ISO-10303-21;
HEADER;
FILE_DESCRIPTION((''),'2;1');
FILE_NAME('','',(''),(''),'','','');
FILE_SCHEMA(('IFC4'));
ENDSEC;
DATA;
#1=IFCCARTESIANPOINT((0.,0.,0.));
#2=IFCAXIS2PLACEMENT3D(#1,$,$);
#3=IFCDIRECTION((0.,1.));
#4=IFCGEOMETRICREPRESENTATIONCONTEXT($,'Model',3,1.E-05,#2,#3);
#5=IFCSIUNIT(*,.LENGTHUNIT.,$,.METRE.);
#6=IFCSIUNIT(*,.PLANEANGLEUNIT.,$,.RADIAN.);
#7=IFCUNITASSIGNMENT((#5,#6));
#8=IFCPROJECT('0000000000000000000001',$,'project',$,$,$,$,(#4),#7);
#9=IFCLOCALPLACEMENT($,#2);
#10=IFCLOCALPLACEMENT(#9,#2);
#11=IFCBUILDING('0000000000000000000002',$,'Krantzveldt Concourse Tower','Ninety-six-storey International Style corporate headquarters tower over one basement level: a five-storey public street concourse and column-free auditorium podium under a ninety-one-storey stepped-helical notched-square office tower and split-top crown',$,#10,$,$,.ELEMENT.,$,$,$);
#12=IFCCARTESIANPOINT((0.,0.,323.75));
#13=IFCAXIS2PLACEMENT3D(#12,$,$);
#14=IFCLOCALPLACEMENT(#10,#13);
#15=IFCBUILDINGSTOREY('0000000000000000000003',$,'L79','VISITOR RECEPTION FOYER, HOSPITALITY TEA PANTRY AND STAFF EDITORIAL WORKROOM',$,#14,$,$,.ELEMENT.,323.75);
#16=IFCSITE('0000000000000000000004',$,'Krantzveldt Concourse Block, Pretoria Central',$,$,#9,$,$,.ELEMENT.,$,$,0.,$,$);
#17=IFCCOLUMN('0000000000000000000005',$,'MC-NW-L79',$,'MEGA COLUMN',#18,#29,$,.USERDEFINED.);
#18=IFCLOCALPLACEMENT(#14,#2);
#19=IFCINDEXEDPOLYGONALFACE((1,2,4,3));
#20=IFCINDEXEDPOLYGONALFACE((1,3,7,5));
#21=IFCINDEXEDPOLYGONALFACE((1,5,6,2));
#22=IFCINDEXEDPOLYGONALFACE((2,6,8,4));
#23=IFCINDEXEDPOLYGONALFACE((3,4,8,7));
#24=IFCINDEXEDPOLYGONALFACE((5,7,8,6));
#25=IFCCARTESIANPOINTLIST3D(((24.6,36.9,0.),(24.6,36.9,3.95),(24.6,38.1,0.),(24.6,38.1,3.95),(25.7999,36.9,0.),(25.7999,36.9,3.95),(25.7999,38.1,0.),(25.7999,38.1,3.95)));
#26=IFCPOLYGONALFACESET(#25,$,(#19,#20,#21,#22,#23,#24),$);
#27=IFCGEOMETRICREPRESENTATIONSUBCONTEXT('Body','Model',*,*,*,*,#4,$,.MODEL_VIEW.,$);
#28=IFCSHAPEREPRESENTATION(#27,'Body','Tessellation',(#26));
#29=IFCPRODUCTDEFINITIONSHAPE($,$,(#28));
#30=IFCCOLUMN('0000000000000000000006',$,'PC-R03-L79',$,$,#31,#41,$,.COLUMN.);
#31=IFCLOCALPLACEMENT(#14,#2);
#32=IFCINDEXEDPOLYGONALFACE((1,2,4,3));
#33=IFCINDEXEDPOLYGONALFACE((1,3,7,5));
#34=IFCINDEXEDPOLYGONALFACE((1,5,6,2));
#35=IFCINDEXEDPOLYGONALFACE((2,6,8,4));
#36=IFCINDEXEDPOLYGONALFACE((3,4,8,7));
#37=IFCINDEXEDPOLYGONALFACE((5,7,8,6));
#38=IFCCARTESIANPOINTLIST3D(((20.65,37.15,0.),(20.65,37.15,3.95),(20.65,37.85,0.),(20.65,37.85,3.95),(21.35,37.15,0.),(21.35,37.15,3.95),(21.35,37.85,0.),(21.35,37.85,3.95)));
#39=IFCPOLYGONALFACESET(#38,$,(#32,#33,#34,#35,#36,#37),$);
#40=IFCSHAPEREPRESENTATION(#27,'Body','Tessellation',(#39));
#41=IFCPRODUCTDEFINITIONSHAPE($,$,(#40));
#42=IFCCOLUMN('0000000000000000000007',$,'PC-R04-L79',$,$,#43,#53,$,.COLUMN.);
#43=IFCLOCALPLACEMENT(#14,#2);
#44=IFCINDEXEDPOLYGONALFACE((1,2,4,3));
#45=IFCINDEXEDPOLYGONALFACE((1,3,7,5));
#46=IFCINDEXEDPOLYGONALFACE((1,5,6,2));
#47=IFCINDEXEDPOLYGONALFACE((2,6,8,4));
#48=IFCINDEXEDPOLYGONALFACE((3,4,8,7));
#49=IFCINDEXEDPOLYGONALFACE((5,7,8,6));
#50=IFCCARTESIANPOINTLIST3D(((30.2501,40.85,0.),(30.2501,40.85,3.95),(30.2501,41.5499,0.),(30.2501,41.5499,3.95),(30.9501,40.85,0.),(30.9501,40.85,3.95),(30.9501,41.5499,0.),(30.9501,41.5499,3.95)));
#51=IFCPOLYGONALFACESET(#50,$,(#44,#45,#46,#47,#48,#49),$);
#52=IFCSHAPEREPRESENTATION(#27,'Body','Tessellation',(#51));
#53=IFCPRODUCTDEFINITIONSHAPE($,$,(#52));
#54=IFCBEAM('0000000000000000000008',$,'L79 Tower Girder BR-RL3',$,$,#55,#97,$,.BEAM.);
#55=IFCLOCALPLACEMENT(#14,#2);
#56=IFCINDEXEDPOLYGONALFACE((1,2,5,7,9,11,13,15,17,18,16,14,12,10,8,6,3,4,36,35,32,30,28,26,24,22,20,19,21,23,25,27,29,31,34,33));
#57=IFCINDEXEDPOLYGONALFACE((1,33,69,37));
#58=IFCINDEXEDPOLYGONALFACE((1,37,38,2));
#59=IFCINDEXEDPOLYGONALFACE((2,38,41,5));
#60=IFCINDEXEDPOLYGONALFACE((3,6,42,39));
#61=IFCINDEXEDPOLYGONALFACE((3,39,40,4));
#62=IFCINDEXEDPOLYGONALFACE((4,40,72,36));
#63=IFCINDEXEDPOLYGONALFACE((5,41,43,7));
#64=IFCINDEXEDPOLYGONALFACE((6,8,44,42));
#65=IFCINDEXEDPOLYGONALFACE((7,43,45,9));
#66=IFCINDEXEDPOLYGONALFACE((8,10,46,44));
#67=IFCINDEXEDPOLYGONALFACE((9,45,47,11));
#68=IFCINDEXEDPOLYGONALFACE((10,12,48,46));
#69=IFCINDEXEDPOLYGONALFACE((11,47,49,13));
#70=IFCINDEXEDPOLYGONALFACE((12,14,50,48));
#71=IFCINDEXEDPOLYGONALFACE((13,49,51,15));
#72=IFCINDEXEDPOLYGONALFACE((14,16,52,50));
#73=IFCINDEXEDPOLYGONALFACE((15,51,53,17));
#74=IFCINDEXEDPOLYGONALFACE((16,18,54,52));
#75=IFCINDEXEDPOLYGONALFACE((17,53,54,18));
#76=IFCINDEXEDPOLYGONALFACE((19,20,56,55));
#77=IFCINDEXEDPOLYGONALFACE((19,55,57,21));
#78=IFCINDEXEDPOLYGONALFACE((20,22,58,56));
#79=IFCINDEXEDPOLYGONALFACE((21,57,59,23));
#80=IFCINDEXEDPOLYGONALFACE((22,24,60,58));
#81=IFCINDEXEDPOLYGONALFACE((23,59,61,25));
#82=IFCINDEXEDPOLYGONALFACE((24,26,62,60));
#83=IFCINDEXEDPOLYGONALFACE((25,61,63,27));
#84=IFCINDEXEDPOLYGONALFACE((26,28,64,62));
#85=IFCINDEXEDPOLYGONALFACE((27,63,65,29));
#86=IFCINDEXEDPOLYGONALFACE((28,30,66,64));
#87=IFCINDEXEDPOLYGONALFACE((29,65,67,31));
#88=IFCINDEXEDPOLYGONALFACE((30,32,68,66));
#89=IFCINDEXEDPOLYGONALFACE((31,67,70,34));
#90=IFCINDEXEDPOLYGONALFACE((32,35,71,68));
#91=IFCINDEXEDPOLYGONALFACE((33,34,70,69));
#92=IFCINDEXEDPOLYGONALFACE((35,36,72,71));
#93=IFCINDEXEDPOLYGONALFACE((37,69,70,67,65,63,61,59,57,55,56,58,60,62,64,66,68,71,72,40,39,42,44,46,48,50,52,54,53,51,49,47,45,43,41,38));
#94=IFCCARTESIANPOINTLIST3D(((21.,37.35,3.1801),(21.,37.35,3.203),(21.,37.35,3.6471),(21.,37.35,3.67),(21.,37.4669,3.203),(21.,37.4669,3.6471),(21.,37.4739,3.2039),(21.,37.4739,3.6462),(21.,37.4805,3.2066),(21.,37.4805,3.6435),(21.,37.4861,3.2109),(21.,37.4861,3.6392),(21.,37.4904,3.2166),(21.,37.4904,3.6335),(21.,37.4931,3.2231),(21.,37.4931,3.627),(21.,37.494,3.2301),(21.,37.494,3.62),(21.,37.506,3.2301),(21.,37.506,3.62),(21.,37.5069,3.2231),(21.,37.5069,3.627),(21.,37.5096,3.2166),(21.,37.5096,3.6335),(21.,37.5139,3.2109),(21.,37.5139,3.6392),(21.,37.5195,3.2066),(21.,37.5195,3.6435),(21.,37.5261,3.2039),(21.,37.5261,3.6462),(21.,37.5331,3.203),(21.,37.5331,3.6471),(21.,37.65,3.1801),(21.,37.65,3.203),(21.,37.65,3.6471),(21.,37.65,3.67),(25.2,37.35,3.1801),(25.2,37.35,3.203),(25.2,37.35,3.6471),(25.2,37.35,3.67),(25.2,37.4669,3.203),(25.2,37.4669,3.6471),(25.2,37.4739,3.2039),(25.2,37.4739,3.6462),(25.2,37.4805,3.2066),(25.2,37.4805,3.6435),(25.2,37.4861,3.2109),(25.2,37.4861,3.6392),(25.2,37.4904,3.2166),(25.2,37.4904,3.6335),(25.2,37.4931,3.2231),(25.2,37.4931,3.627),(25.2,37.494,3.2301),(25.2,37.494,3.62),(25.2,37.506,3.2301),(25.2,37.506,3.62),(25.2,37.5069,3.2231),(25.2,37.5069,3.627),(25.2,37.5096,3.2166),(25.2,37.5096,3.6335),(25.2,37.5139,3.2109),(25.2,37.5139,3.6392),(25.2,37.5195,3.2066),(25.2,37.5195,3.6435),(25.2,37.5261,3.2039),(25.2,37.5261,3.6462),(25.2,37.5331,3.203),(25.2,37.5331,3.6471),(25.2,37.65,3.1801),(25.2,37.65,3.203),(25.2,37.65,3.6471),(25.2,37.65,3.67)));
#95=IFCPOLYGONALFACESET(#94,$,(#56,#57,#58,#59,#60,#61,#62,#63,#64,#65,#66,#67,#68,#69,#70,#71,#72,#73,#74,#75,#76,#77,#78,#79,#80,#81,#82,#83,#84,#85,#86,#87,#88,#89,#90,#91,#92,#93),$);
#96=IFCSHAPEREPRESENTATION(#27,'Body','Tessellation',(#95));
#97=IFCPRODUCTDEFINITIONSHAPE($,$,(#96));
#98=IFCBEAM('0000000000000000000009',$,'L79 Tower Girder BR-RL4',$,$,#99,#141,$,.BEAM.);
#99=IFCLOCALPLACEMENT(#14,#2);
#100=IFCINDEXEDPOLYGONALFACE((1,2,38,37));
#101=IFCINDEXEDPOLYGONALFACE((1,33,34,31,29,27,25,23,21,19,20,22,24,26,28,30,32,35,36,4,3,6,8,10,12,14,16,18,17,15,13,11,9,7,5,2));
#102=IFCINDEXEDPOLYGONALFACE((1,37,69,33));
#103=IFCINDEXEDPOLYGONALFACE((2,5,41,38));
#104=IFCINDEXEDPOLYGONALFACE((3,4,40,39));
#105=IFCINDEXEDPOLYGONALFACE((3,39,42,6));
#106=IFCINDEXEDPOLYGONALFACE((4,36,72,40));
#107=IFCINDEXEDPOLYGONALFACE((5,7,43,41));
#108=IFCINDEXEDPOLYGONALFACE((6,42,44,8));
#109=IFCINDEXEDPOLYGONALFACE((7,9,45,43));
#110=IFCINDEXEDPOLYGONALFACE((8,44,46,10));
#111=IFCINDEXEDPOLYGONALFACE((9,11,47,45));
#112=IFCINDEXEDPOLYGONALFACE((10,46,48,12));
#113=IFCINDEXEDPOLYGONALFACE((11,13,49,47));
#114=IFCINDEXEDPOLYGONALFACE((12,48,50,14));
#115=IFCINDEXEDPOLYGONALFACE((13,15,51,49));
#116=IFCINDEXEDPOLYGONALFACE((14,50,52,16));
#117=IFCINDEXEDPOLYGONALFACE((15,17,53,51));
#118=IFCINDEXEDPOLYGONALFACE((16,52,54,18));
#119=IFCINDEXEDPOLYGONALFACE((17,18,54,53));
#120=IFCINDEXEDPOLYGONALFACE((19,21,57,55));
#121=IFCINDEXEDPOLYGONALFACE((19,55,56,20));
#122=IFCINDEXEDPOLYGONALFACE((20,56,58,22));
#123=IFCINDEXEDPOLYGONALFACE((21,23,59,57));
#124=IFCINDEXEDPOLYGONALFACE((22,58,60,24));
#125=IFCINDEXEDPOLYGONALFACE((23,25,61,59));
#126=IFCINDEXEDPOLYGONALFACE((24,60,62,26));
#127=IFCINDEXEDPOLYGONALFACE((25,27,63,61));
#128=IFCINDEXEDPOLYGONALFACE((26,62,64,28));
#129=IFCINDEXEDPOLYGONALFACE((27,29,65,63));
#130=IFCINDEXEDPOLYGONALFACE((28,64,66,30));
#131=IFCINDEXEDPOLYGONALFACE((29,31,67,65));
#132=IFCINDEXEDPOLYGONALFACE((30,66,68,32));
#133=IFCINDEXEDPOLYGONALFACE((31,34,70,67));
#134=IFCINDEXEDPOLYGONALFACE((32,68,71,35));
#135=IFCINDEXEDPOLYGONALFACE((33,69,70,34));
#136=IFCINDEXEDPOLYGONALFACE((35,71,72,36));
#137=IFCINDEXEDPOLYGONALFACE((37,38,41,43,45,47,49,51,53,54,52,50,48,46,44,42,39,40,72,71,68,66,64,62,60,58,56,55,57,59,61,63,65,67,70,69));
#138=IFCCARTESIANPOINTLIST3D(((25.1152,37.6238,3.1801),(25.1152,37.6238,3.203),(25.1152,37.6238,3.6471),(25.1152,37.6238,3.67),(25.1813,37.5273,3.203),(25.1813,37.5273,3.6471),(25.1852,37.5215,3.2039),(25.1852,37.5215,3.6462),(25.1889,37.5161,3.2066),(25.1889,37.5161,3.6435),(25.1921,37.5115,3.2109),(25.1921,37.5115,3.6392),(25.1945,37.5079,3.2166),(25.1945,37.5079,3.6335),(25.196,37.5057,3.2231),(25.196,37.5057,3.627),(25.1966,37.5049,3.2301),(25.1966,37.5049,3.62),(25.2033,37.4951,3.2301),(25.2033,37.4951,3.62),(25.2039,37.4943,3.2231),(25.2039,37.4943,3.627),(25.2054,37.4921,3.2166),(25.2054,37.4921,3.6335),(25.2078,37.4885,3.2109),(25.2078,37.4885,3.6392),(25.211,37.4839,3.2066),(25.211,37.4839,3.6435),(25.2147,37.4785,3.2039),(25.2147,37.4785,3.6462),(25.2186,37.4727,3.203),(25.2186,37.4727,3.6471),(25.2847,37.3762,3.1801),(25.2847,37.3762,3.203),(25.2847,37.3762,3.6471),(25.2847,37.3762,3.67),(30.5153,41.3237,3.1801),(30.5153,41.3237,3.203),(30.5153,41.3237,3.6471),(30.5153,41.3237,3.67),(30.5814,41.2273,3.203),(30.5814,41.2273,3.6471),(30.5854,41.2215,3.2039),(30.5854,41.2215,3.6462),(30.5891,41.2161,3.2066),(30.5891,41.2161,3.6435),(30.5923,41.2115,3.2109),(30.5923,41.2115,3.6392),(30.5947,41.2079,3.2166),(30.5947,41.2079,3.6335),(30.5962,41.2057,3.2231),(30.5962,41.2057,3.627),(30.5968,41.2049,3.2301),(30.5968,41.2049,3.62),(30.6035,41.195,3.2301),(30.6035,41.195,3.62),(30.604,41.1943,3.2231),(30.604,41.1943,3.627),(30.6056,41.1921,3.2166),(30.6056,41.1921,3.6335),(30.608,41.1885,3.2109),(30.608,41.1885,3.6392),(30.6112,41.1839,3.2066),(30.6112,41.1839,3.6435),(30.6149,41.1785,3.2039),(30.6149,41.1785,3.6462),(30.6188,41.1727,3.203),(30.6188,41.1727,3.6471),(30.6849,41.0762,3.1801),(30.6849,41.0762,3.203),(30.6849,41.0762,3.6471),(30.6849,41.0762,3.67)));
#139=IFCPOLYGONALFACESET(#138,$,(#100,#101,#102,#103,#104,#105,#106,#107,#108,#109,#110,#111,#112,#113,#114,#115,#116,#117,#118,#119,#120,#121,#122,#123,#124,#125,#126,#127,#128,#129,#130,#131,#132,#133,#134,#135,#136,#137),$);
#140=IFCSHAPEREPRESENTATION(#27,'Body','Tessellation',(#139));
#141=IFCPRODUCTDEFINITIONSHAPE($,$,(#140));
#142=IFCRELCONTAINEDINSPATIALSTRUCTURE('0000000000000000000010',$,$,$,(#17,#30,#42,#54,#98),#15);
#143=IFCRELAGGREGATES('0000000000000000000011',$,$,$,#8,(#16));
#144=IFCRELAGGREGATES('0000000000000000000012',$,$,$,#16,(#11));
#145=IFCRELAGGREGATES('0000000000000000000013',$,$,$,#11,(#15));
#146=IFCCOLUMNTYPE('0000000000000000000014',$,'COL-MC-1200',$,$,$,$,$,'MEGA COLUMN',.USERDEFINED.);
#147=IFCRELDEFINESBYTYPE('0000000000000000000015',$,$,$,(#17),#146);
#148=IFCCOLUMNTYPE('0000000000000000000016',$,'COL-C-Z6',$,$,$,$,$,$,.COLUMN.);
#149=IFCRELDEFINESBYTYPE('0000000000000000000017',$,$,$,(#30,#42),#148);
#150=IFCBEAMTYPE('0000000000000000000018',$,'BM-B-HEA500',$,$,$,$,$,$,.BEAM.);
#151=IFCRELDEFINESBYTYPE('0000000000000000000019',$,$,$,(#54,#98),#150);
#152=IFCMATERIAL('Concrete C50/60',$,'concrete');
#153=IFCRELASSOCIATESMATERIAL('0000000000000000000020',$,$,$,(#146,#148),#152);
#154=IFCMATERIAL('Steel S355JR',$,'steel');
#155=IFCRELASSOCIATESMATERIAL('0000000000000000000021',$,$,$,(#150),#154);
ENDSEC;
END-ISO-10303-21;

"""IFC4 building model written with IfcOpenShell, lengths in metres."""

from ifc_helpers import new_model, si_unit, direction, frame, origin, origin_2d, place, context, subcontext, project, spatial, rectangle, i_section, extrude, source, transform, mapped, material, material_profile, profile_set, type_object, type_shapes, element, save


model = new_model("IFC4")

# Units and contexts
model_context = context("Model", 3, precision=1e-05, world=origin(), true_north=direction((0.0, 1.0)))
body_context = subcontext(model_context, "Body", "Model", "MODEL_VIEW")
ifc_project = project(units=[si_unit("LENGTHUNIT", "METRE"), si_unit("PLANEANGLEUNIT", "RADIAN")], contexts=[model_context])

# Site, building, storey
site_placement = place(None, origin())
site = spatial("IfcSite", under=ifc_project, at=site_placement, Name="Krantzveldt Concourse Block, Pretoria Central", CompositionType="ELEMENT", RefElevation=0.0)
building_placement = place(site_placement, origin())
building = spatial("IfcBuilding", under=site, at=building_placement, Name="Krantzveldt Concourse Tower", Description="Ninety-six-storey International Style corporate headquarters tower over one basement level: a five-storey public street concourse and column-free auditorium podium under a ninety-one-storey stepped-helical notched-square office tower and split-top crown", CompositionType="ELEMENT")
storey_placement = place(building_placement, frame((0.0, 0.0, 323.75)))
storey = spatial("IfcBuildingStorey", under=building, at=storey_placement, Name="L79", Description="VISITOR RECEPTION FOYER, HOSPITALITY TEA PANTRY AND STAFF EDITORIAL WORKROOM", CompositionType="ELEMENT", Elevation=323.75)

# Columns
ifc_material_1 = material(Name="Concrete C50/60", Category="concrete")
ifc_material_profile_1 = material_profile(ifc_material_1, rectangle(XDim=1.2, YDim=1.2, at=origin_2d()), Name="Concrete C50/60", Category="concrete")
ifc_profile_set_1 = profile_set([ifc_material_profile_1], Name="Concrete C50/60 - RC 1200x1200")
column_type_1 = type_object("IfcColumnType", Name="COL-MC-1200", ElementType="MEGA COLUMN", PredefinedType="USERDEFINED", material=ifc_profile_set_1)
shared_shape_1 = source(origin(), body_context, "Body", "SweptSolid", [
    extrude(rectangle(XDim=1.2, YDim=1.2, at=origin_2d()), origin(), (0.0, 0.0, 1.0), 3.95),
])
type_shapes(column_type_1, [shared_shape_1])
column_placement = place(storey_placement, frame((25.2, 37.5, 0.0), z_axis=(0.0, 0.0, 1.0), x_axis=(1.0, 0.0, 0.0)))
element("IfcColumn", 1, at=column_placement, inside=storey, type_object=column_type_1, Name="MC-NW-L79", ObjectType="MEGA COLUMN", PredefinedType="USERDEFINED", context=body_context, shape_type="MappedRepresentation", body=[
    mapped(shared_shape_1, transform((0.0, 0.0, 0.0), x_axis=(1.0, 0.0, 0.0), y_axis=(0.0, 1.0, 0.0), z_axis=(0.0, 0.0, 1.0), scale=1.0)),
])
ifc_material_profile_2 = material_profile(ifc_material_1, rectangle(XDim=0.7, YDim=0.7, at=origin_2d()), Name="Concrete C50/60", Category="concrete")
ifc_profile_set_2 = profile_set([ifc_material_profile_2], Name="Concrete C50/60 - RC 700x700")
column_type_2 = type_object("IfcColumnType", Name="COL-C-Z6", PredefinedType="COLUMN", material=ifc_profile_set_2)
shared_shape_2 = source(origin(), body_context, "Body", "SweptSolid", [
    extrude(rectangle(XDim=0.7, YDim=0.7, at=origin_2d()), origin(), (0.0, 0.0, 1.0), 3.95),
])
type_shapes(column_type_2, [shared_shape_2])
for number, where, z_axis, x_axis, name in (
    (2, (21.0, 37.5, 0.0), (0.0, 0.0, 1.0), (1.0, 0.0, 0.0), "PC-R03-L79"),
    (3, (30.6001, 41.2, 0.0), (0.0, 0.0, 1.0), (1.0, 0.0, 0.0), "PC-R04-L79"),
):
    element("IfcColumn", number, at=place(storey_placement, frame(where, z_axis=z_axis, x_axis=x_axis)), inside=storey, type_object=column_type_2, Name=name, PredefinedType="COLUMN", context=body_context, shape_type="MappedRepresentation", body=[
        mapped(shared_shape_2, transform((0.0, 0.0, 0.0), x_axis=(1.0, 0.0, 0.0), y_axis=(0.0, 1.0, 0.0), z_axis=(0.0, 0.0, 1.0), scale=1.0)),
    ])

# Beams
ifc_material_2 = material(Name="Steel S355JR", Category="steel")
ifc_material_profile_3 = material_profile(ifc_material_2, i_section(OverallWidth=0.3, OverallDepth=0.49, WebThickness=0.012, FlangeThickness=0.0229, FilletRadius=0.0271, at=origin_2d()), Name="Steel S355JR", Category="steel")
ifc_profile_set_3 = profile_set([ifc_material_profile_3], Name="Steel S355JR - HEA 500")
beam_type_1 = type_object("IfcBeamType", Name="BM-B-HEA500", PredefinedType="BEAM", material=ifc_profile_set_3)
shared_shape_3 = source(origin(), body_context, "Body", "SweptSolid", [
    extrude(i_section(OverallWidth=0.3, OverallDepth=0.49, WebThickness=0.012, FlangeThickness=0.0229, FilletRadius=0.0271, at=origin_2d()), origin(), (0.0, 0.0, 1.0), 4.2),
])
beam_1_placement = place(storey_placement, frame((21.0, 37.5, 3.425), z_axis=(1.0, 0.0, 0.0), x_axis=(0.0, 1.0, 0.0)))
element("IfcBeam", 4, at=beam_1_placement, inside=storey, type_object=beam_type_1, Name="L79 Tower Girder BR-RL3", PredefinedType="BEAM", context=body_context, shape_type="MappedRepresentation", body=[
    mapped(shared_shape_3, transform((0.0, 0.0, 0.0), x_axis=(1.0, 0.0, 0.0), y_axis=(0.0, 1.0, 0.0), z_axis=(0.0, 0.0, 1.0), scale=1.0)),
])
shared_shape_4 = source(origin(), body_context, "Body", "SweptSolid", [
    extrude(i_section(OverallWidth=0.3, OverallDepth=0.49, WebThickness=0.012, FlangeThickness=0.0229, FilletRadius=0.0271, at=origin_2d()), origin(), (0.0, 0.0, 1.0), 6.5461),
])
type_shapes(beam_type_1, [shared_shape_3, shared_shape_4])
beam_2_placement = place(storey_placement, frame((25.2, 37.5, 3.425), z_axis=(0.824943, 0.565216, 0.0), x_axis=(-0.565216, 0.824943, 0.0)))
element("IfcBeam", 5, at=beam_2_placement, inside=storey, type_object=beam_type_1, Name="L79 Tower Girder BR-RL4", PredefinedType="BEAM", context=body_context, shape_type="MappedRepresentation", body=[
    mapped(shared_shape_4, transform((0.0, 0.0, 0.0), x_axis=(1.0, 0.0, 0.0), y_axis=(0.0, 1.0, 0.0), z_axis=(0.0, 0.0, 1.0), scale=1.0)),
])

save(model, "model.ifc")
